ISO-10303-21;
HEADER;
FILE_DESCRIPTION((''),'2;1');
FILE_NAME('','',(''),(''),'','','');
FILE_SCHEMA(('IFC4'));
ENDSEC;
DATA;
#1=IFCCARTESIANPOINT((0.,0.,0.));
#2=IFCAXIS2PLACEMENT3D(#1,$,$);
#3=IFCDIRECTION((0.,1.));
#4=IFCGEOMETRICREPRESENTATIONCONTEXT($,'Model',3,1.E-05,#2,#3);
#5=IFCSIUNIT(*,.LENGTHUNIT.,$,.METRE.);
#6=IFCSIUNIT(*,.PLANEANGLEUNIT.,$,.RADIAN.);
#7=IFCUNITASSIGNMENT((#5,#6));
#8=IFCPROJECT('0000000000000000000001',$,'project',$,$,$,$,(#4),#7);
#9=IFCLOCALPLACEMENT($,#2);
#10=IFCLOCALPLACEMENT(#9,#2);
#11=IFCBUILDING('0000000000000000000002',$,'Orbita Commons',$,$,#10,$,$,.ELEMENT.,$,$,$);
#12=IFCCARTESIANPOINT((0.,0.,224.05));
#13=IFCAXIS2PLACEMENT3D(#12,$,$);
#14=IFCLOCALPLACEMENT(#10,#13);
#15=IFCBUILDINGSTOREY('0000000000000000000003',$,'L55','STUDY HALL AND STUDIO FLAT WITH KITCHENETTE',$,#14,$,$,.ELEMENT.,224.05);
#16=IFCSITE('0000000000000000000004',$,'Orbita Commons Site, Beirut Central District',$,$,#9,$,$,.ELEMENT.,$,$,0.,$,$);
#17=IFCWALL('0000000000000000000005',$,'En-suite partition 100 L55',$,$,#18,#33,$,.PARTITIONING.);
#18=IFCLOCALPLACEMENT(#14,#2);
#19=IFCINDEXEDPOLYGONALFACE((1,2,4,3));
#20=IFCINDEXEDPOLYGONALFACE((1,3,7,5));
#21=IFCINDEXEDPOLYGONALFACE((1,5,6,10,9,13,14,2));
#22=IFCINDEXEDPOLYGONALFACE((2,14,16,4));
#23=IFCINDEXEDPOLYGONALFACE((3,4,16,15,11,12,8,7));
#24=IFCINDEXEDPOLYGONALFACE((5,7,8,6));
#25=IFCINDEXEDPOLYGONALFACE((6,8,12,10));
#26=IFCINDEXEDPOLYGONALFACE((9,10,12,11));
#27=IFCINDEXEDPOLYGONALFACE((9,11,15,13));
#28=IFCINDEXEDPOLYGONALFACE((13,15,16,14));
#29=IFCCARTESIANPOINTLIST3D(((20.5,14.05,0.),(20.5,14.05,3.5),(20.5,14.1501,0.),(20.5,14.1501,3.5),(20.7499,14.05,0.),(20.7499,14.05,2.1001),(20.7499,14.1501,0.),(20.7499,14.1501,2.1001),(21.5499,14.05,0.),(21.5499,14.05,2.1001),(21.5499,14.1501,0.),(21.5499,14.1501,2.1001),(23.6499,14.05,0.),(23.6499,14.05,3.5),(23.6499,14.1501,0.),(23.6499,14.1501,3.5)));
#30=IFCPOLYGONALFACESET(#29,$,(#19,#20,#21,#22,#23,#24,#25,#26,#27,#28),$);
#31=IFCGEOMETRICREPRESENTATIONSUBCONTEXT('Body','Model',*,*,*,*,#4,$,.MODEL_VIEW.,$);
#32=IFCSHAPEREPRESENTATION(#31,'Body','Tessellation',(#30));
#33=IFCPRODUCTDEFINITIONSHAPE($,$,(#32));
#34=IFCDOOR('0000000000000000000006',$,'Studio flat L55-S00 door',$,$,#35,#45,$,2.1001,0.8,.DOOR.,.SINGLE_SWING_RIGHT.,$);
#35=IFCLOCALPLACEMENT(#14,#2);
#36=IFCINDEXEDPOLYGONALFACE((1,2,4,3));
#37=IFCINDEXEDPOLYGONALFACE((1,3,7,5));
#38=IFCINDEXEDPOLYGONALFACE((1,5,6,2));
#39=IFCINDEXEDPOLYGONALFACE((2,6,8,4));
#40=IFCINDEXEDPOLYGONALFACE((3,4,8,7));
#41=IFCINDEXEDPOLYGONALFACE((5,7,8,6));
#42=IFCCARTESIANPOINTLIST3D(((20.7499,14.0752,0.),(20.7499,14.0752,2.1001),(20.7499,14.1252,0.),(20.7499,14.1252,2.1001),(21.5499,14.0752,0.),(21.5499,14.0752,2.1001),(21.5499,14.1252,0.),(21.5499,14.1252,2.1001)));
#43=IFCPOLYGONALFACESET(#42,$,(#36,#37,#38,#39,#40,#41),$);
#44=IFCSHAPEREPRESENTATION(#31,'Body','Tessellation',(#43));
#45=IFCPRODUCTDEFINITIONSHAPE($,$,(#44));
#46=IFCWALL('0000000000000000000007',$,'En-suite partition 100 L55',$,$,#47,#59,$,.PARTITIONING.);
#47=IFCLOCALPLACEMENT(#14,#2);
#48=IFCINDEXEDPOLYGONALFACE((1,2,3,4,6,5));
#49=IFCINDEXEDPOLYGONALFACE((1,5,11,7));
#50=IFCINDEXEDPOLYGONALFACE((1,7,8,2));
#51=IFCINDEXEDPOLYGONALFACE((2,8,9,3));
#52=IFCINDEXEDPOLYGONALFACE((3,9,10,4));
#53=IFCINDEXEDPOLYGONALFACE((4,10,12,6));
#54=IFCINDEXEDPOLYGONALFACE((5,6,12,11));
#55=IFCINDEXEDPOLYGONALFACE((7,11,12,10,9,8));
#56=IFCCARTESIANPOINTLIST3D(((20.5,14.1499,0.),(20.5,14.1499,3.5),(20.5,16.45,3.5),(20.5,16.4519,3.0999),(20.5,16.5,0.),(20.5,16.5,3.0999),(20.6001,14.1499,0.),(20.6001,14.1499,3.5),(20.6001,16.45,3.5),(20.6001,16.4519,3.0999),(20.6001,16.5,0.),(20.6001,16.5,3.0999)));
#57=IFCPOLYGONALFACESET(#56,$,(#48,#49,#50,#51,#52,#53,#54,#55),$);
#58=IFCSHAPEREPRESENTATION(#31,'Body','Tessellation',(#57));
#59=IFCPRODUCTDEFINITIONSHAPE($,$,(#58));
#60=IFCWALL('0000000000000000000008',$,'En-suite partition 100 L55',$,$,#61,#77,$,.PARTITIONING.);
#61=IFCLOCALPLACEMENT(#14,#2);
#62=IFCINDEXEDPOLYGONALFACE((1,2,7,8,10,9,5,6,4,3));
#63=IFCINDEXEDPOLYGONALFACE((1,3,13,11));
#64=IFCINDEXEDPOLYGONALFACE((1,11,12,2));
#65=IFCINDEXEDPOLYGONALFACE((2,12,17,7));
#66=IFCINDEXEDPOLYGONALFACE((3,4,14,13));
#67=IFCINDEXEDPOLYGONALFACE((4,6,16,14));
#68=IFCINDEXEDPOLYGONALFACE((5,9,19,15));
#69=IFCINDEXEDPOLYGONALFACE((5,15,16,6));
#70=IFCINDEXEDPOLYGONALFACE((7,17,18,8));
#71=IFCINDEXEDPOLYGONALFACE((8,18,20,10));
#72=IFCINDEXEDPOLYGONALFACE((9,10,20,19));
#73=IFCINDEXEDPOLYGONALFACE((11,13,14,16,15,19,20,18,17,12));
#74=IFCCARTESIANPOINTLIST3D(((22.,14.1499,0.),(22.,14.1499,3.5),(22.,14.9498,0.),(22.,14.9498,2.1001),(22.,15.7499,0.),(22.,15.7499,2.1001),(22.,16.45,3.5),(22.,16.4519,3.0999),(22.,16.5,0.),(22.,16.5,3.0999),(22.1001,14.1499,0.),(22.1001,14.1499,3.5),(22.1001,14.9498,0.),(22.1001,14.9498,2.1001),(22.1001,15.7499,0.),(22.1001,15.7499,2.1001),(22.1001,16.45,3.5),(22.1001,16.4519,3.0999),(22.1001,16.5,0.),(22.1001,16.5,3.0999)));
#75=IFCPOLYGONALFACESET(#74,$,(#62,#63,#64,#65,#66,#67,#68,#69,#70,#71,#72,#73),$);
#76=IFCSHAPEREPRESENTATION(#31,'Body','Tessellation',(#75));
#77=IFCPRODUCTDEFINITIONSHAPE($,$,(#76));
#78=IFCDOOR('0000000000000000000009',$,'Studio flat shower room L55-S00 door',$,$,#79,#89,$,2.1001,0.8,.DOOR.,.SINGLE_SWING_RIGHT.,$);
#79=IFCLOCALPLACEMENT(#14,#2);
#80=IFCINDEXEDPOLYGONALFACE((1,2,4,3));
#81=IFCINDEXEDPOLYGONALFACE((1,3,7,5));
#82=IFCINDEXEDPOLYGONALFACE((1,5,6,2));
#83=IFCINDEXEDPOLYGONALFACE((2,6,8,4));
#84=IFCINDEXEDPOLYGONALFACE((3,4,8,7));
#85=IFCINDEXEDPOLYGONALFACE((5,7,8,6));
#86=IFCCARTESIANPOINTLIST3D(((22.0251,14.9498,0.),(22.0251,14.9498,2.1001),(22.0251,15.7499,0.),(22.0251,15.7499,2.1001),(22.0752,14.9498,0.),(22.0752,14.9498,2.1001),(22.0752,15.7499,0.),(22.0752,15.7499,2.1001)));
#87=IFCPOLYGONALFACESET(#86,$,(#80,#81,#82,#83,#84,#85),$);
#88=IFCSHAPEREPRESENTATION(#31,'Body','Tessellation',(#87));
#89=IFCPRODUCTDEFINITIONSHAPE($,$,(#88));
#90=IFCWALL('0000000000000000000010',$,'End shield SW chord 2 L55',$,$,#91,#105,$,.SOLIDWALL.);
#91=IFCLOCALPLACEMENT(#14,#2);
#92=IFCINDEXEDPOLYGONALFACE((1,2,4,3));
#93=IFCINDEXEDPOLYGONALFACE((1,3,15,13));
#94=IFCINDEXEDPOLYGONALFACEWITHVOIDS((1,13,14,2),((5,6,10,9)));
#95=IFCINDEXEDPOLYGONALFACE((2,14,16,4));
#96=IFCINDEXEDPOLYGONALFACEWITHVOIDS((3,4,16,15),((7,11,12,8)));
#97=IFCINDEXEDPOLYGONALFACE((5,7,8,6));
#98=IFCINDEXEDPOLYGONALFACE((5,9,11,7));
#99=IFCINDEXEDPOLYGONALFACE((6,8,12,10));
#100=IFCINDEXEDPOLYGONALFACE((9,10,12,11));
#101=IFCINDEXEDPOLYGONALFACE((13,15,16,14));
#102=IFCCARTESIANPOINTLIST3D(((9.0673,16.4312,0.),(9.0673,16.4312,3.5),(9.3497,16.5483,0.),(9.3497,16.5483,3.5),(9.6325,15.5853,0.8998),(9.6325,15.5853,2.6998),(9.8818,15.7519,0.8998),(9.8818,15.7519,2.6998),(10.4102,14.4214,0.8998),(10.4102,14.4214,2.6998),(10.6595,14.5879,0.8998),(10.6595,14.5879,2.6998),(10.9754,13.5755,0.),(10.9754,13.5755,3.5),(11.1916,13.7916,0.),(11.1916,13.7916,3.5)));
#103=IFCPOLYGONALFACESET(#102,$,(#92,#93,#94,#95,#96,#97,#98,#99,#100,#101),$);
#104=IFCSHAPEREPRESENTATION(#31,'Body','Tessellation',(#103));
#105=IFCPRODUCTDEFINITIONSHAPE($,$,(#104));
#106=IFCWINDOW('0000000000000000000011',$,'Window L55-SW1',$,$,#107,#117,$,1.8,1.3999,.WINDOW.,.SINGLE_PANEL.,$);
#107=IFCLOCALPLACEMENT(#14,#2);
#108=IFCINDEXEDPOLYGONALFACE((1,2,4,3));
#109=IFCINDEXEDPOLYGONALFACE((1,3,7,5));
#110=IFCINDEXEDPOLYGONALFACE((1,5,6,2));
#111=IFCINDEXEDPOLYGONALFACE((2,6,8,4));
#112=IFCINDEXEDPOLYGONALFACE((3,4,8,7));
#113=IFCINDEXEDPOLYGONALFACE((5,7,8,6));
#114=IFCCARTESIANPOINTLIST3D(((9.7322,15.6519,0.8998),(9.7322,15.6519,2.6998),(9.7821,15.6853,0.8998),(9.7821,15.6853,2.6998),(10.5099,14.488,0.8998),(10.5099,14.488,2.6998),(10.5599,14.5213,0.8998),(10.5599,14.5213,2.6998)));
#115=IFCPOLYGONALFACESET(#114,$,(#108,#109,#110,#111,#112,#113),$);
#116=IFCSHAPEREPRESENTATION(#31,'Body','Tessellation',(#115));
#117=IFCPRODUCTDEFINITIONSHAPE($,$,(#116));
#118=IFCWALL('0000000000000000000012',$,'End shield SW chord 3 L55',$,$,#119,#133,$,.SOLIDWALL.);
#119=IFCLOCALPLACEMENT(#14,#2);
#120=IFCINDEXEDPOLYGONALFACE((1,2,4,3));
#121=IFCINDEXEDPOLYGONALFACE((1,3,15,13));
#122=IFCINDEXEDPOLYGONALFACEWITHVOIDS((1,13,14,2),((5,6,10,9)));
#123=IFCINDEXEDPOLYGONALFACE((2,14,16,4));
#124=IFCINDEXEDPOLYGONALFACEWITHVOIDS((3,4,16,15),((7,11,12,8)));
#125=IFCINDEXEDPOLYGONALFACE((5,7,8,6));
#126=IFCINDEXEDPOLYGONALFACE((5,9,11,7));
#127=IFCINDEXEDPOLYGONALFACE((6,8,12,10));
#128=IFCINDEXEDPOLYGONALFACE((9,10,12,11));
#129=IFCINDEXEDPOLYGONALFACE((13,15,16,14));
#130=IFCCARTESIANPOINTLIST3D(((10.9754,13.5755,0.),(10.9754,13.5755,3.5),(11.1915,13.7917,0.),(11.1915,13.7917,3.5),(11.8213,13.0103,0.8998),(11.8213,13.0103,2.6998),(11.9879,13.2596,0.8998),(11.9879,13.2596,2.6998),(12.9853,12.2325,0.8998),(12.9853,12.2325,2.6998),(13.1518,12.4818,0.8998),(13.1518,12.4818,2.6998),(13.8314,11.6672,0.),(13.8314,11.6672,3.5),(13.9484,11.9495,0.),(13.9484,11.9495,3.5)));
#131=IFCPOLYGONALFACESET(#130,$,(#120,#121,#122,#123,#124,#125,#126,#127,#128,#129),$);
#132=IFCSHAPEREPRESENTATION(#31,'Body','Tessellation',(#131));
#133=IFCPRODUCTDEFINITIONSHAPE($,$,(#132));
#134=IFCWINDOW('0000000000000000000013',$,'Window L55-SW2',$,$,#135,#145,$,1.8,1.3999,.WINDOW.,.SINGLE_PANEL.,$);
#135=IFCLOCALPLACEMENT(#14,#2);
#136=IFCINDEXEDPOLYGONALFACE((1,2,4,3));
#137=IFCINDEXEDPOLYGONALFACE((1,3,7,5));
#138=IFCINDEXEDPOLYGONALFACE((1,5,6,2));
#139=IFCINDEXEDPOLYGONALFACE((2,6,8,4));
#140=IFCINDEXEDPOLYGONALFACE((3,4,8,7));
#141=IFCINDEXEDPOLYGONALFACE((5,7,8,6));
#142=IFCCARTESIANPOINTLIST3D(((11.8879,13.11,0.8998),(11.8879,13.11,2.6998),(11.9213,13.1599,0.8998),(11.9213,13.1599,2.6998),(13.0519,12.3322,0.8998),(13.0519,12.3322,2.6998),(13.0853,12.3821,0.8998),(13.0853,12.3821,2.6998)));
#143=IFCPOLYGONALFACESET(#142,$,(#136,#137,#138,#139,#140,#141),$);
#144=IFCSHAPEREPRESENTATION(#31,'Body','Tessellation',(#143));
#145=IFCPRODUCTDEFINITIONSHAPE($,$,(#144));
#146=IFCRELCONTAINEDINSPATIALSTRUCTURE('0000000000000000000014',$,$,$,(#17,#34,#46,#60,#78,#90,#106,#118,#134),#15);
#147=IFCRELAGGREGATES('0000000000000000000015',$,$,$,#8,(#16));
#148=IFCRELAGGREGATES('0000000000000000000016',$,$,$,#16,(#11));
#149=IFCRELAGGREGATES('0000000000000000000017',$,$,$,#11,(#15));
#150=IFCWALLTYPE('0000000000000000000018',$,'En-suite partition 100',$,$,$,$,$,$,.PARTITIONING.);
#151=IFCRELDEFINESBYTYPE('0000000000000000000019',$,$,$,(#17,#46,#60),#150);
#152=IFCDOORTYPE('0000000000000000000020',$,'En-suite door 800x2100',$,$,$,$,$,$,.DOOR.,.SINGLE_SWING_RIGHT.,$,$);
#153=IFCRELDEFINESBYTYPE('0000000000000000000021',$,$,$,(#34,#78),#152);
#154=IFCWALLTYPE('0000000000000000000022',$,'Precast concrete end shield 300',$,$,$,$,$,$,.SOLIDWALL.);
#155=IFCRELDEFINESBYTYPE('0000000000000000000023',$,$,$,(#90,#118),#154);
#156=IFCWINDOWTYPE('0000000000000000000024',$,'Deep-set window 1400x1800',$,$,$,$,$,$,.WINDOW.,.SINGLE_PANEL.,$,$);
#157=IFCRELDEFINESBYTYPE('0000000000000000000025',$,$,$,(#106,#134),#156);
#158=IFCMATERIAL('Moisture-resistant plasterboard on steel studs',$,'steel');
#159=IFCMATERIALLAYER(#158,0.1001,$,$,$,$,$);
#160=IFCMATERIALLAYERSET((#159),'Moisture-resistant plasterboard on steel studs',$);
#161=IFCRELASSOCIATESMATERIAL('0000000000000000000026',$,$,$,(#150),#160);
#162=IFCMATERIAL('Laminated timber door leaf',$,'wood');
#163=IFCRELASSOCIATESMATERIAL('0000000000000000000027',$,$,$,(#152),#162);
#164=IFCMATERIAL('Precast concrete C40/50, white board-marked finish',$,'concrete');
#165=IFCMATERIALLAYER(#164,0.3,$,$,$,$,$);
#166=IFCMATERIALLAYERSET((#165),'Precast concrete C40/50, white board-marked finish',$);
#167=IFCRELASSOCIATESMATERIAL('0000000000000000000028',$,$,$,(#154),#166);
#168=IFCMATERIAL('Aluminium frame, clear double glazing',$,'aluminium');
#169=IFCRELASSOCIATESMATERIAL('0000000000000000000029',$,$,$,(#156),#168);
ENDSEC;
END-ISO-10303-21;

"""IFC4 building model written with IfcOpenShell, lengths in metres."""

from ifc_helpers import new_model, si_unit, direction, frame, frame_2d, origin, place, context, subcontext, project, spatial, polyline, rectangle, outline, extrude, material, layer, layer_set, type_object, element, fill, save


model = new_model("IFC4")

# Units and contexts
model_context = context("Model", 3, precision=1e-05, world=origin(), true_north=direction((0.0, 1.0)))
body_context = subcontext(model_context, "Body", "Model", "MODEL_VIEW")
ifc_project = project(units=[si_unit("LENGTHUNIT", "METRE"), si_unit("PLANEANGLEUNIT", "RADIAN")], contexts=[model_context])

# Site, building, storey
site_placement = place(None, origin())
site = spatial("IfcSite", under=ifc_project, at=site_placement, Name="Orbita Commons Site, Beirut Central District", CompositionType="ELEMENT", RefElevation=0.0)
building_placement = place(site_placement, origin())
building = spatial("IfcBuilding", under=site, at=building_placement, Name="Orbita Commons", CompositionType="ELEMENT")
storey_placement = place(building_placement, frame((0.0, 0.0, 224.05)))
storey = spatial("IfcBuildingStorey", under=building, at=storey_placement, Name="L55", Description="STUDY HALL AND STUDIO FLAT WITH KITCHENETTE", CompositionType="ELEMENT", Elevation=224.05)

# Wall, opening, door
ifc_material_1 = material(Name="Moisture-resistant plasterboard on steel studs", Category="steel")
ifc_layer_1 = layer(ifc_material_1, 0.1001)
ifc_layer_set_1 = layer_set([ifc_layer_1], Name="Moisture-resistant plasterboard on steel studs")
wall_type_1 = type_object("IfcWallType", Name="En-suite partition 100", PredefinedType="PARTITIONING", material=ifc_layer_set_1)
wall_1_placement = place(storey_placement, frame((23.6499, 14.1001, 0.0), z_axis=(0.0, 0.0, 1.0), x_axis=(-1.0, 0.0, 0.0)))
wall_1 = element("IfcWall", 1, at=wall_1_placement, inside=storey, type_object=wall_type_1, Name="En-suite partition 100 L55", PredefinedType="PARTITIONING", context=body_context, shape_type="SweptSolid", body=[
    extrude(rectangle(XDim=3.1499, YDim=0.1001, at=frame_2d((1.575, 0.0))), origin(), (0.0, 0.0, 1.0), 3.5),
])
opening_1_placement = place(wall_1_placement, frame((2.1001, 0.0, 0.0)))
opening_1 = element("IfcOpeningElement", 2, at=opening_1_placement, cuts=wall_1, PredefinedType="OPENING", context=body_context, shape_type="SweptSolid", body=[
    extrude(rectangle(XDim=0.8, YDim=2.1001, at=frame_2d((0.3999, 1.05))), frame((0.0, 0.0601, 0.0), z_axis=(0.0, -1.0, 0.0), x_axis=(1.0, 0.0, 0.0)), (0.0, 0.0, 1.0), 0.1201),
])
ifc_material_2 = material(Name="Laminated timber door leaf", Category="wood")
door_type_1 = type_object("IfcDoorType", Name="En-suite door 800x2100", OperationType="SINGLE_SWING_RIGHT", PredefinedType="DOOR", material=ifc_material_2)
door_1_placement = place(opening_1_placement, origin())
door_1 = element("IfcDoor", 3, at=door_1_placement, inside=storey, type_object=door_type_1, Name="Studio flat L55-S00 door", OperationType="SINGLE_SWING_RIGHT", OverallHeight=2.1001, OverallWidth=0.8, PredefinedType="DOOR", context=body_context, shape_type="SweptSolid", body=[
    extrude(rectangle(XDim=0.8, YDim=2.1001, at=frame_2d((0.3999, 1.05))), frame((0.0, 0.0249, 0.0), z_axis=(0.0, -1.0, 0.0), x_axis=(1.0, 0.0, 0.0)), (0.0, 0.0, 1.0), 0.05),
])
fill(opening_1, door_1)

# Wall
wall_2_placement = place(storey_placement, frame((20.55, 14.1499, 0.0), z_axis=(0.0, 0.0, 1.0), x_axis=(0.0, 1.0, 0.0)))
element("IfcWall", 4, at=wall_2_placement, inside=storey, type_object=wall_type_1, Name="En-suite partition 100 L55", PredefinedType="PARTITIONING", context=body_context, shape_type="SweptSolid", body=[
    extrude(outline(polyline([(0.0, 0.0), (2.3501, 0.0), (2.3501, 3.0999), (2.302, 3.0999), (2.3, 3.5), (0.0, 3.5), (0.0, 0.0)])), frame((0.0, 0.05, 0.0), z_axis=(0.0, -1.0, 0.0), x_axis=(1.0, 0.0, 0.0)), (0.0, 0.0, 1.0), 0.1001),
])

# Wall, opening, door
wall_3_placement = place(storey_placement, frame((22.05, 14.1499, 0.0), z_axis=(0.0, 0.0, 1.0), x_axis=(0.0, 1.0, 0.0)))
wall_3 = element("IfcWall", 5, at=wall_3_placement, inside=storey, type_object=wall_type_1, Name="En-suite partition 100 L55", PredefinedType="PARTITIONING", context=body_context, shape_type="SweptSolid", body=[
    extrude(outline(polyline([(0.0, 0.0), (2.3501, 0.0), (2.3501, 3.0999), (2.302, 3.0999), (2.3, 3.5), (0.0, 3.5), (0.0, 0.0)])), frame((0.0, 0.05, 0.0), z_axis=(0.0, -1.0, 0.0), x_axis=(1.0, 0.0, 0.0)), (0.0, 0.0, 1.0), 0.1001),
])
opening_2_placement = place(wall_3_placement, frame((0.8, 0.0, 0.0)))
opening_2 = element("IfcOpeningElement", 6, at=opening_2_placement, cuts=wall_3, PredefinedType="OPENING", context=body_context, shape_type="SweptSolid", body=[
    extrude(rectangle(XDim=0.8, YDim=2.1001, at=frame_2d((0.3999, 1.05))), frame((0.0, 0.0601, 0.0), z_axis=(0.0, -1.0, 0.0), x_axis=(1.0, 0.0, 0.0)), (0.0, 0.0, 1.0), 0.1201),
])
door_2_placement = place(opening_2_placement, origin())
door_2 = element("IfcDoor", 7, at=door_2_placement, inside=storey, type_object=door_type_1, Name="Studio flat shower room L55-S00 door", OperationType="SINGLE_SWING_RIGHT", OverallHeight=2.1001, OverallWidth=0.8, PredefinedType="DOOR", context=body_context, shape_type="SweptSolid", body=[
    extrude(rectangle(XDim=0.8, YDim=2.1001, at=frame_2d((0.3999, 1.05))), frame((0.0, 0.0249, 0.0), z_axis=(0.0, -1.0, 0.0), x_axis=(1.0, 0.0, 0.0)), (0.0, 0.0, 1.0), 0.05),
])
fill(opening_2, door_2)

# Walls, openings, windows
ifc_material_3 = material(Name="Precast concrete C40/50, white board-marked finish", Category="concrete")
ifc_layer_2 = layer(ifc_material_3, 0.3)
ifc_layer_set_2 = layer_set([ifc_layer_2], Name="Precast concrete C40/50, white board-marked finish")
wall_type_2 = type_object("IfcWallType", Name="Precast concrete end shield 300", PredefinedType="SOLIDWALL", material=ifc_layer_set_2)
wall_4_placement = place(storey_placement, frame((9.2085, 16.4897, 0.0), z_axis=(0.0, 0.0, 1.0), x_axis=(0.555568, -0.831471, 0.0)))
wall_4 = element("IfcWall", 8, at=wall_4_placement, inside=storey, type_object=wall_type_2, Name="End shield SW chord 2 L55", PredefinedType="SOLIDWALL", context=body_context, shape_type="SweptSolid", body=[
    extrude(outline(polyline([(-0.0298, -0.1499), (3.4048, -0.1499), (3.3452, 0.1499), (0.0298, 0.1499), (-0.0298, -0.1499)])), origin(), (0.0, 0.0, 1.0), 3.5),
])
opening_3_placement = place(wall_4_placement, frame((0.9875, 0.0, 0.8999)))
opening_3 = element("IfcOpeningElement", 9, at=opening_3_placement, cuts=wall_4, PredefinedType="OPENING", context=body_context, shape_type="SweptSolid", body=[
    extrude(rectangle(XDim=1.3999, YDim=1.8, at=frame_2d((0.7, 0.8999))), frame((0.0, 0.1599, 0.0), z_axis=(0.0, -1.0, 0.0), x_axis=(1.0, 0.0, 0.0)), (0.0, 0.0, 1.0), 0.3201),
])
ifc_material_4 = material(Name="Aluminium frame, clear double glazing", Category="aluminium")
window_type = type_object("IfcWindowType", Name="Deep-set window 1400x1800", PartitioningType="SINGLE_PANEL", PredefinedType="WINDOW", material=ifc_material_4)
window_1_placement = place(opening_3_placement, origin())
window_1 = element("IfcWindow", 10, at=window_1_placement, inside=storey, type_object=window_type, Name="Window L55-SW1", OverallHeight=1.8, OverallWidth=1.3999, PartitioningType="SINGLE_PANEL", PredefinedType="WINDOW", context=body_context, shape_type="SweptSolid", body=[
    extrude(rectangle(XDim=1.3999, YDim=1.8, at=frame_2d((0.7, 0.8999))), frame((0.0, 0.03, 0.0), z_axis=(0.0, -1.0, 0.0), x_axis=(1.0, 0.0, 0.0)), (0.0, 0.0, 1.0), 0.0601),
])
fill(opening_3, window_1)
wall_5_placement = place(storey_placement, frame((11.0835, 13.6836, 0.0), z_axis=(0.0, 0.0, 1.0), x_axis=(0.83146, -0.555585, 0.0)))
wall_5 = element("IfcWall", 11, at=wall_5_placement, inside=storey, type_object=wall_type_2, Name="End shield SW chord 3 L55", PredefinedType="SOLIDWALL", context=body_context, shape_type="SweptSolid", body=[
    extrude(outline(polyline([(-0.0298, -0.1499), (3.405, -0.1499), (3.3455, 0.1499), (0.0298, 0.1499), (-0.0298, -0.1499)])), origin(), (0.0, 0.0, 1.0), 3.5),
])
opening_4_placement = place(wall_5_placement, frame((0.9875, 0.0, 0.8999)))
opening_4 = element("IfcOpeningElement", 12, at=opening_4_placement, cuts=wall_5, PredefinedType="OPENING", context=body_context, shape_type="SweptSolid", body=[
    extrude(rectangle(XDim=1.3999, YDim=1.8, at=frame_2d((0.7, 0.8999))), frame((0.0, 0.1599, 0.0), z_axis=(0.0, -1.0, 0.0), x_axis=(1.0, 0.0, 0.0)), (0.0, 0.0, 1.0), 0.3201),
])
window_2_placement = place(opening_4_placement, origin())
window_2 = element("IfcWindow", 13, at=window_2_placement, inside=storey, type_object=window_type, Name="Window L55-SW2", OverallHeight=1.8, OverallWidth=1.3999, PartitioningType="SINGLE_PANEL", PredefinedType="WINDOW", context=body_context, shape_type="SweptSolid", body=[
    extrude(rectangle(XDim=1.3999, YDim=1.8, at=frame_2d((0.7, 0.8999))), frame((0.0, 0.03, 0.0), z_axis=(0.0, -1.0, 0.0), x_axis=(1.0, 0.0, 0.0)), (0.0, 0.0, 1.0), 0.0601),
])
fill(opening_4, window_2)

save(model, "model.ifc")
